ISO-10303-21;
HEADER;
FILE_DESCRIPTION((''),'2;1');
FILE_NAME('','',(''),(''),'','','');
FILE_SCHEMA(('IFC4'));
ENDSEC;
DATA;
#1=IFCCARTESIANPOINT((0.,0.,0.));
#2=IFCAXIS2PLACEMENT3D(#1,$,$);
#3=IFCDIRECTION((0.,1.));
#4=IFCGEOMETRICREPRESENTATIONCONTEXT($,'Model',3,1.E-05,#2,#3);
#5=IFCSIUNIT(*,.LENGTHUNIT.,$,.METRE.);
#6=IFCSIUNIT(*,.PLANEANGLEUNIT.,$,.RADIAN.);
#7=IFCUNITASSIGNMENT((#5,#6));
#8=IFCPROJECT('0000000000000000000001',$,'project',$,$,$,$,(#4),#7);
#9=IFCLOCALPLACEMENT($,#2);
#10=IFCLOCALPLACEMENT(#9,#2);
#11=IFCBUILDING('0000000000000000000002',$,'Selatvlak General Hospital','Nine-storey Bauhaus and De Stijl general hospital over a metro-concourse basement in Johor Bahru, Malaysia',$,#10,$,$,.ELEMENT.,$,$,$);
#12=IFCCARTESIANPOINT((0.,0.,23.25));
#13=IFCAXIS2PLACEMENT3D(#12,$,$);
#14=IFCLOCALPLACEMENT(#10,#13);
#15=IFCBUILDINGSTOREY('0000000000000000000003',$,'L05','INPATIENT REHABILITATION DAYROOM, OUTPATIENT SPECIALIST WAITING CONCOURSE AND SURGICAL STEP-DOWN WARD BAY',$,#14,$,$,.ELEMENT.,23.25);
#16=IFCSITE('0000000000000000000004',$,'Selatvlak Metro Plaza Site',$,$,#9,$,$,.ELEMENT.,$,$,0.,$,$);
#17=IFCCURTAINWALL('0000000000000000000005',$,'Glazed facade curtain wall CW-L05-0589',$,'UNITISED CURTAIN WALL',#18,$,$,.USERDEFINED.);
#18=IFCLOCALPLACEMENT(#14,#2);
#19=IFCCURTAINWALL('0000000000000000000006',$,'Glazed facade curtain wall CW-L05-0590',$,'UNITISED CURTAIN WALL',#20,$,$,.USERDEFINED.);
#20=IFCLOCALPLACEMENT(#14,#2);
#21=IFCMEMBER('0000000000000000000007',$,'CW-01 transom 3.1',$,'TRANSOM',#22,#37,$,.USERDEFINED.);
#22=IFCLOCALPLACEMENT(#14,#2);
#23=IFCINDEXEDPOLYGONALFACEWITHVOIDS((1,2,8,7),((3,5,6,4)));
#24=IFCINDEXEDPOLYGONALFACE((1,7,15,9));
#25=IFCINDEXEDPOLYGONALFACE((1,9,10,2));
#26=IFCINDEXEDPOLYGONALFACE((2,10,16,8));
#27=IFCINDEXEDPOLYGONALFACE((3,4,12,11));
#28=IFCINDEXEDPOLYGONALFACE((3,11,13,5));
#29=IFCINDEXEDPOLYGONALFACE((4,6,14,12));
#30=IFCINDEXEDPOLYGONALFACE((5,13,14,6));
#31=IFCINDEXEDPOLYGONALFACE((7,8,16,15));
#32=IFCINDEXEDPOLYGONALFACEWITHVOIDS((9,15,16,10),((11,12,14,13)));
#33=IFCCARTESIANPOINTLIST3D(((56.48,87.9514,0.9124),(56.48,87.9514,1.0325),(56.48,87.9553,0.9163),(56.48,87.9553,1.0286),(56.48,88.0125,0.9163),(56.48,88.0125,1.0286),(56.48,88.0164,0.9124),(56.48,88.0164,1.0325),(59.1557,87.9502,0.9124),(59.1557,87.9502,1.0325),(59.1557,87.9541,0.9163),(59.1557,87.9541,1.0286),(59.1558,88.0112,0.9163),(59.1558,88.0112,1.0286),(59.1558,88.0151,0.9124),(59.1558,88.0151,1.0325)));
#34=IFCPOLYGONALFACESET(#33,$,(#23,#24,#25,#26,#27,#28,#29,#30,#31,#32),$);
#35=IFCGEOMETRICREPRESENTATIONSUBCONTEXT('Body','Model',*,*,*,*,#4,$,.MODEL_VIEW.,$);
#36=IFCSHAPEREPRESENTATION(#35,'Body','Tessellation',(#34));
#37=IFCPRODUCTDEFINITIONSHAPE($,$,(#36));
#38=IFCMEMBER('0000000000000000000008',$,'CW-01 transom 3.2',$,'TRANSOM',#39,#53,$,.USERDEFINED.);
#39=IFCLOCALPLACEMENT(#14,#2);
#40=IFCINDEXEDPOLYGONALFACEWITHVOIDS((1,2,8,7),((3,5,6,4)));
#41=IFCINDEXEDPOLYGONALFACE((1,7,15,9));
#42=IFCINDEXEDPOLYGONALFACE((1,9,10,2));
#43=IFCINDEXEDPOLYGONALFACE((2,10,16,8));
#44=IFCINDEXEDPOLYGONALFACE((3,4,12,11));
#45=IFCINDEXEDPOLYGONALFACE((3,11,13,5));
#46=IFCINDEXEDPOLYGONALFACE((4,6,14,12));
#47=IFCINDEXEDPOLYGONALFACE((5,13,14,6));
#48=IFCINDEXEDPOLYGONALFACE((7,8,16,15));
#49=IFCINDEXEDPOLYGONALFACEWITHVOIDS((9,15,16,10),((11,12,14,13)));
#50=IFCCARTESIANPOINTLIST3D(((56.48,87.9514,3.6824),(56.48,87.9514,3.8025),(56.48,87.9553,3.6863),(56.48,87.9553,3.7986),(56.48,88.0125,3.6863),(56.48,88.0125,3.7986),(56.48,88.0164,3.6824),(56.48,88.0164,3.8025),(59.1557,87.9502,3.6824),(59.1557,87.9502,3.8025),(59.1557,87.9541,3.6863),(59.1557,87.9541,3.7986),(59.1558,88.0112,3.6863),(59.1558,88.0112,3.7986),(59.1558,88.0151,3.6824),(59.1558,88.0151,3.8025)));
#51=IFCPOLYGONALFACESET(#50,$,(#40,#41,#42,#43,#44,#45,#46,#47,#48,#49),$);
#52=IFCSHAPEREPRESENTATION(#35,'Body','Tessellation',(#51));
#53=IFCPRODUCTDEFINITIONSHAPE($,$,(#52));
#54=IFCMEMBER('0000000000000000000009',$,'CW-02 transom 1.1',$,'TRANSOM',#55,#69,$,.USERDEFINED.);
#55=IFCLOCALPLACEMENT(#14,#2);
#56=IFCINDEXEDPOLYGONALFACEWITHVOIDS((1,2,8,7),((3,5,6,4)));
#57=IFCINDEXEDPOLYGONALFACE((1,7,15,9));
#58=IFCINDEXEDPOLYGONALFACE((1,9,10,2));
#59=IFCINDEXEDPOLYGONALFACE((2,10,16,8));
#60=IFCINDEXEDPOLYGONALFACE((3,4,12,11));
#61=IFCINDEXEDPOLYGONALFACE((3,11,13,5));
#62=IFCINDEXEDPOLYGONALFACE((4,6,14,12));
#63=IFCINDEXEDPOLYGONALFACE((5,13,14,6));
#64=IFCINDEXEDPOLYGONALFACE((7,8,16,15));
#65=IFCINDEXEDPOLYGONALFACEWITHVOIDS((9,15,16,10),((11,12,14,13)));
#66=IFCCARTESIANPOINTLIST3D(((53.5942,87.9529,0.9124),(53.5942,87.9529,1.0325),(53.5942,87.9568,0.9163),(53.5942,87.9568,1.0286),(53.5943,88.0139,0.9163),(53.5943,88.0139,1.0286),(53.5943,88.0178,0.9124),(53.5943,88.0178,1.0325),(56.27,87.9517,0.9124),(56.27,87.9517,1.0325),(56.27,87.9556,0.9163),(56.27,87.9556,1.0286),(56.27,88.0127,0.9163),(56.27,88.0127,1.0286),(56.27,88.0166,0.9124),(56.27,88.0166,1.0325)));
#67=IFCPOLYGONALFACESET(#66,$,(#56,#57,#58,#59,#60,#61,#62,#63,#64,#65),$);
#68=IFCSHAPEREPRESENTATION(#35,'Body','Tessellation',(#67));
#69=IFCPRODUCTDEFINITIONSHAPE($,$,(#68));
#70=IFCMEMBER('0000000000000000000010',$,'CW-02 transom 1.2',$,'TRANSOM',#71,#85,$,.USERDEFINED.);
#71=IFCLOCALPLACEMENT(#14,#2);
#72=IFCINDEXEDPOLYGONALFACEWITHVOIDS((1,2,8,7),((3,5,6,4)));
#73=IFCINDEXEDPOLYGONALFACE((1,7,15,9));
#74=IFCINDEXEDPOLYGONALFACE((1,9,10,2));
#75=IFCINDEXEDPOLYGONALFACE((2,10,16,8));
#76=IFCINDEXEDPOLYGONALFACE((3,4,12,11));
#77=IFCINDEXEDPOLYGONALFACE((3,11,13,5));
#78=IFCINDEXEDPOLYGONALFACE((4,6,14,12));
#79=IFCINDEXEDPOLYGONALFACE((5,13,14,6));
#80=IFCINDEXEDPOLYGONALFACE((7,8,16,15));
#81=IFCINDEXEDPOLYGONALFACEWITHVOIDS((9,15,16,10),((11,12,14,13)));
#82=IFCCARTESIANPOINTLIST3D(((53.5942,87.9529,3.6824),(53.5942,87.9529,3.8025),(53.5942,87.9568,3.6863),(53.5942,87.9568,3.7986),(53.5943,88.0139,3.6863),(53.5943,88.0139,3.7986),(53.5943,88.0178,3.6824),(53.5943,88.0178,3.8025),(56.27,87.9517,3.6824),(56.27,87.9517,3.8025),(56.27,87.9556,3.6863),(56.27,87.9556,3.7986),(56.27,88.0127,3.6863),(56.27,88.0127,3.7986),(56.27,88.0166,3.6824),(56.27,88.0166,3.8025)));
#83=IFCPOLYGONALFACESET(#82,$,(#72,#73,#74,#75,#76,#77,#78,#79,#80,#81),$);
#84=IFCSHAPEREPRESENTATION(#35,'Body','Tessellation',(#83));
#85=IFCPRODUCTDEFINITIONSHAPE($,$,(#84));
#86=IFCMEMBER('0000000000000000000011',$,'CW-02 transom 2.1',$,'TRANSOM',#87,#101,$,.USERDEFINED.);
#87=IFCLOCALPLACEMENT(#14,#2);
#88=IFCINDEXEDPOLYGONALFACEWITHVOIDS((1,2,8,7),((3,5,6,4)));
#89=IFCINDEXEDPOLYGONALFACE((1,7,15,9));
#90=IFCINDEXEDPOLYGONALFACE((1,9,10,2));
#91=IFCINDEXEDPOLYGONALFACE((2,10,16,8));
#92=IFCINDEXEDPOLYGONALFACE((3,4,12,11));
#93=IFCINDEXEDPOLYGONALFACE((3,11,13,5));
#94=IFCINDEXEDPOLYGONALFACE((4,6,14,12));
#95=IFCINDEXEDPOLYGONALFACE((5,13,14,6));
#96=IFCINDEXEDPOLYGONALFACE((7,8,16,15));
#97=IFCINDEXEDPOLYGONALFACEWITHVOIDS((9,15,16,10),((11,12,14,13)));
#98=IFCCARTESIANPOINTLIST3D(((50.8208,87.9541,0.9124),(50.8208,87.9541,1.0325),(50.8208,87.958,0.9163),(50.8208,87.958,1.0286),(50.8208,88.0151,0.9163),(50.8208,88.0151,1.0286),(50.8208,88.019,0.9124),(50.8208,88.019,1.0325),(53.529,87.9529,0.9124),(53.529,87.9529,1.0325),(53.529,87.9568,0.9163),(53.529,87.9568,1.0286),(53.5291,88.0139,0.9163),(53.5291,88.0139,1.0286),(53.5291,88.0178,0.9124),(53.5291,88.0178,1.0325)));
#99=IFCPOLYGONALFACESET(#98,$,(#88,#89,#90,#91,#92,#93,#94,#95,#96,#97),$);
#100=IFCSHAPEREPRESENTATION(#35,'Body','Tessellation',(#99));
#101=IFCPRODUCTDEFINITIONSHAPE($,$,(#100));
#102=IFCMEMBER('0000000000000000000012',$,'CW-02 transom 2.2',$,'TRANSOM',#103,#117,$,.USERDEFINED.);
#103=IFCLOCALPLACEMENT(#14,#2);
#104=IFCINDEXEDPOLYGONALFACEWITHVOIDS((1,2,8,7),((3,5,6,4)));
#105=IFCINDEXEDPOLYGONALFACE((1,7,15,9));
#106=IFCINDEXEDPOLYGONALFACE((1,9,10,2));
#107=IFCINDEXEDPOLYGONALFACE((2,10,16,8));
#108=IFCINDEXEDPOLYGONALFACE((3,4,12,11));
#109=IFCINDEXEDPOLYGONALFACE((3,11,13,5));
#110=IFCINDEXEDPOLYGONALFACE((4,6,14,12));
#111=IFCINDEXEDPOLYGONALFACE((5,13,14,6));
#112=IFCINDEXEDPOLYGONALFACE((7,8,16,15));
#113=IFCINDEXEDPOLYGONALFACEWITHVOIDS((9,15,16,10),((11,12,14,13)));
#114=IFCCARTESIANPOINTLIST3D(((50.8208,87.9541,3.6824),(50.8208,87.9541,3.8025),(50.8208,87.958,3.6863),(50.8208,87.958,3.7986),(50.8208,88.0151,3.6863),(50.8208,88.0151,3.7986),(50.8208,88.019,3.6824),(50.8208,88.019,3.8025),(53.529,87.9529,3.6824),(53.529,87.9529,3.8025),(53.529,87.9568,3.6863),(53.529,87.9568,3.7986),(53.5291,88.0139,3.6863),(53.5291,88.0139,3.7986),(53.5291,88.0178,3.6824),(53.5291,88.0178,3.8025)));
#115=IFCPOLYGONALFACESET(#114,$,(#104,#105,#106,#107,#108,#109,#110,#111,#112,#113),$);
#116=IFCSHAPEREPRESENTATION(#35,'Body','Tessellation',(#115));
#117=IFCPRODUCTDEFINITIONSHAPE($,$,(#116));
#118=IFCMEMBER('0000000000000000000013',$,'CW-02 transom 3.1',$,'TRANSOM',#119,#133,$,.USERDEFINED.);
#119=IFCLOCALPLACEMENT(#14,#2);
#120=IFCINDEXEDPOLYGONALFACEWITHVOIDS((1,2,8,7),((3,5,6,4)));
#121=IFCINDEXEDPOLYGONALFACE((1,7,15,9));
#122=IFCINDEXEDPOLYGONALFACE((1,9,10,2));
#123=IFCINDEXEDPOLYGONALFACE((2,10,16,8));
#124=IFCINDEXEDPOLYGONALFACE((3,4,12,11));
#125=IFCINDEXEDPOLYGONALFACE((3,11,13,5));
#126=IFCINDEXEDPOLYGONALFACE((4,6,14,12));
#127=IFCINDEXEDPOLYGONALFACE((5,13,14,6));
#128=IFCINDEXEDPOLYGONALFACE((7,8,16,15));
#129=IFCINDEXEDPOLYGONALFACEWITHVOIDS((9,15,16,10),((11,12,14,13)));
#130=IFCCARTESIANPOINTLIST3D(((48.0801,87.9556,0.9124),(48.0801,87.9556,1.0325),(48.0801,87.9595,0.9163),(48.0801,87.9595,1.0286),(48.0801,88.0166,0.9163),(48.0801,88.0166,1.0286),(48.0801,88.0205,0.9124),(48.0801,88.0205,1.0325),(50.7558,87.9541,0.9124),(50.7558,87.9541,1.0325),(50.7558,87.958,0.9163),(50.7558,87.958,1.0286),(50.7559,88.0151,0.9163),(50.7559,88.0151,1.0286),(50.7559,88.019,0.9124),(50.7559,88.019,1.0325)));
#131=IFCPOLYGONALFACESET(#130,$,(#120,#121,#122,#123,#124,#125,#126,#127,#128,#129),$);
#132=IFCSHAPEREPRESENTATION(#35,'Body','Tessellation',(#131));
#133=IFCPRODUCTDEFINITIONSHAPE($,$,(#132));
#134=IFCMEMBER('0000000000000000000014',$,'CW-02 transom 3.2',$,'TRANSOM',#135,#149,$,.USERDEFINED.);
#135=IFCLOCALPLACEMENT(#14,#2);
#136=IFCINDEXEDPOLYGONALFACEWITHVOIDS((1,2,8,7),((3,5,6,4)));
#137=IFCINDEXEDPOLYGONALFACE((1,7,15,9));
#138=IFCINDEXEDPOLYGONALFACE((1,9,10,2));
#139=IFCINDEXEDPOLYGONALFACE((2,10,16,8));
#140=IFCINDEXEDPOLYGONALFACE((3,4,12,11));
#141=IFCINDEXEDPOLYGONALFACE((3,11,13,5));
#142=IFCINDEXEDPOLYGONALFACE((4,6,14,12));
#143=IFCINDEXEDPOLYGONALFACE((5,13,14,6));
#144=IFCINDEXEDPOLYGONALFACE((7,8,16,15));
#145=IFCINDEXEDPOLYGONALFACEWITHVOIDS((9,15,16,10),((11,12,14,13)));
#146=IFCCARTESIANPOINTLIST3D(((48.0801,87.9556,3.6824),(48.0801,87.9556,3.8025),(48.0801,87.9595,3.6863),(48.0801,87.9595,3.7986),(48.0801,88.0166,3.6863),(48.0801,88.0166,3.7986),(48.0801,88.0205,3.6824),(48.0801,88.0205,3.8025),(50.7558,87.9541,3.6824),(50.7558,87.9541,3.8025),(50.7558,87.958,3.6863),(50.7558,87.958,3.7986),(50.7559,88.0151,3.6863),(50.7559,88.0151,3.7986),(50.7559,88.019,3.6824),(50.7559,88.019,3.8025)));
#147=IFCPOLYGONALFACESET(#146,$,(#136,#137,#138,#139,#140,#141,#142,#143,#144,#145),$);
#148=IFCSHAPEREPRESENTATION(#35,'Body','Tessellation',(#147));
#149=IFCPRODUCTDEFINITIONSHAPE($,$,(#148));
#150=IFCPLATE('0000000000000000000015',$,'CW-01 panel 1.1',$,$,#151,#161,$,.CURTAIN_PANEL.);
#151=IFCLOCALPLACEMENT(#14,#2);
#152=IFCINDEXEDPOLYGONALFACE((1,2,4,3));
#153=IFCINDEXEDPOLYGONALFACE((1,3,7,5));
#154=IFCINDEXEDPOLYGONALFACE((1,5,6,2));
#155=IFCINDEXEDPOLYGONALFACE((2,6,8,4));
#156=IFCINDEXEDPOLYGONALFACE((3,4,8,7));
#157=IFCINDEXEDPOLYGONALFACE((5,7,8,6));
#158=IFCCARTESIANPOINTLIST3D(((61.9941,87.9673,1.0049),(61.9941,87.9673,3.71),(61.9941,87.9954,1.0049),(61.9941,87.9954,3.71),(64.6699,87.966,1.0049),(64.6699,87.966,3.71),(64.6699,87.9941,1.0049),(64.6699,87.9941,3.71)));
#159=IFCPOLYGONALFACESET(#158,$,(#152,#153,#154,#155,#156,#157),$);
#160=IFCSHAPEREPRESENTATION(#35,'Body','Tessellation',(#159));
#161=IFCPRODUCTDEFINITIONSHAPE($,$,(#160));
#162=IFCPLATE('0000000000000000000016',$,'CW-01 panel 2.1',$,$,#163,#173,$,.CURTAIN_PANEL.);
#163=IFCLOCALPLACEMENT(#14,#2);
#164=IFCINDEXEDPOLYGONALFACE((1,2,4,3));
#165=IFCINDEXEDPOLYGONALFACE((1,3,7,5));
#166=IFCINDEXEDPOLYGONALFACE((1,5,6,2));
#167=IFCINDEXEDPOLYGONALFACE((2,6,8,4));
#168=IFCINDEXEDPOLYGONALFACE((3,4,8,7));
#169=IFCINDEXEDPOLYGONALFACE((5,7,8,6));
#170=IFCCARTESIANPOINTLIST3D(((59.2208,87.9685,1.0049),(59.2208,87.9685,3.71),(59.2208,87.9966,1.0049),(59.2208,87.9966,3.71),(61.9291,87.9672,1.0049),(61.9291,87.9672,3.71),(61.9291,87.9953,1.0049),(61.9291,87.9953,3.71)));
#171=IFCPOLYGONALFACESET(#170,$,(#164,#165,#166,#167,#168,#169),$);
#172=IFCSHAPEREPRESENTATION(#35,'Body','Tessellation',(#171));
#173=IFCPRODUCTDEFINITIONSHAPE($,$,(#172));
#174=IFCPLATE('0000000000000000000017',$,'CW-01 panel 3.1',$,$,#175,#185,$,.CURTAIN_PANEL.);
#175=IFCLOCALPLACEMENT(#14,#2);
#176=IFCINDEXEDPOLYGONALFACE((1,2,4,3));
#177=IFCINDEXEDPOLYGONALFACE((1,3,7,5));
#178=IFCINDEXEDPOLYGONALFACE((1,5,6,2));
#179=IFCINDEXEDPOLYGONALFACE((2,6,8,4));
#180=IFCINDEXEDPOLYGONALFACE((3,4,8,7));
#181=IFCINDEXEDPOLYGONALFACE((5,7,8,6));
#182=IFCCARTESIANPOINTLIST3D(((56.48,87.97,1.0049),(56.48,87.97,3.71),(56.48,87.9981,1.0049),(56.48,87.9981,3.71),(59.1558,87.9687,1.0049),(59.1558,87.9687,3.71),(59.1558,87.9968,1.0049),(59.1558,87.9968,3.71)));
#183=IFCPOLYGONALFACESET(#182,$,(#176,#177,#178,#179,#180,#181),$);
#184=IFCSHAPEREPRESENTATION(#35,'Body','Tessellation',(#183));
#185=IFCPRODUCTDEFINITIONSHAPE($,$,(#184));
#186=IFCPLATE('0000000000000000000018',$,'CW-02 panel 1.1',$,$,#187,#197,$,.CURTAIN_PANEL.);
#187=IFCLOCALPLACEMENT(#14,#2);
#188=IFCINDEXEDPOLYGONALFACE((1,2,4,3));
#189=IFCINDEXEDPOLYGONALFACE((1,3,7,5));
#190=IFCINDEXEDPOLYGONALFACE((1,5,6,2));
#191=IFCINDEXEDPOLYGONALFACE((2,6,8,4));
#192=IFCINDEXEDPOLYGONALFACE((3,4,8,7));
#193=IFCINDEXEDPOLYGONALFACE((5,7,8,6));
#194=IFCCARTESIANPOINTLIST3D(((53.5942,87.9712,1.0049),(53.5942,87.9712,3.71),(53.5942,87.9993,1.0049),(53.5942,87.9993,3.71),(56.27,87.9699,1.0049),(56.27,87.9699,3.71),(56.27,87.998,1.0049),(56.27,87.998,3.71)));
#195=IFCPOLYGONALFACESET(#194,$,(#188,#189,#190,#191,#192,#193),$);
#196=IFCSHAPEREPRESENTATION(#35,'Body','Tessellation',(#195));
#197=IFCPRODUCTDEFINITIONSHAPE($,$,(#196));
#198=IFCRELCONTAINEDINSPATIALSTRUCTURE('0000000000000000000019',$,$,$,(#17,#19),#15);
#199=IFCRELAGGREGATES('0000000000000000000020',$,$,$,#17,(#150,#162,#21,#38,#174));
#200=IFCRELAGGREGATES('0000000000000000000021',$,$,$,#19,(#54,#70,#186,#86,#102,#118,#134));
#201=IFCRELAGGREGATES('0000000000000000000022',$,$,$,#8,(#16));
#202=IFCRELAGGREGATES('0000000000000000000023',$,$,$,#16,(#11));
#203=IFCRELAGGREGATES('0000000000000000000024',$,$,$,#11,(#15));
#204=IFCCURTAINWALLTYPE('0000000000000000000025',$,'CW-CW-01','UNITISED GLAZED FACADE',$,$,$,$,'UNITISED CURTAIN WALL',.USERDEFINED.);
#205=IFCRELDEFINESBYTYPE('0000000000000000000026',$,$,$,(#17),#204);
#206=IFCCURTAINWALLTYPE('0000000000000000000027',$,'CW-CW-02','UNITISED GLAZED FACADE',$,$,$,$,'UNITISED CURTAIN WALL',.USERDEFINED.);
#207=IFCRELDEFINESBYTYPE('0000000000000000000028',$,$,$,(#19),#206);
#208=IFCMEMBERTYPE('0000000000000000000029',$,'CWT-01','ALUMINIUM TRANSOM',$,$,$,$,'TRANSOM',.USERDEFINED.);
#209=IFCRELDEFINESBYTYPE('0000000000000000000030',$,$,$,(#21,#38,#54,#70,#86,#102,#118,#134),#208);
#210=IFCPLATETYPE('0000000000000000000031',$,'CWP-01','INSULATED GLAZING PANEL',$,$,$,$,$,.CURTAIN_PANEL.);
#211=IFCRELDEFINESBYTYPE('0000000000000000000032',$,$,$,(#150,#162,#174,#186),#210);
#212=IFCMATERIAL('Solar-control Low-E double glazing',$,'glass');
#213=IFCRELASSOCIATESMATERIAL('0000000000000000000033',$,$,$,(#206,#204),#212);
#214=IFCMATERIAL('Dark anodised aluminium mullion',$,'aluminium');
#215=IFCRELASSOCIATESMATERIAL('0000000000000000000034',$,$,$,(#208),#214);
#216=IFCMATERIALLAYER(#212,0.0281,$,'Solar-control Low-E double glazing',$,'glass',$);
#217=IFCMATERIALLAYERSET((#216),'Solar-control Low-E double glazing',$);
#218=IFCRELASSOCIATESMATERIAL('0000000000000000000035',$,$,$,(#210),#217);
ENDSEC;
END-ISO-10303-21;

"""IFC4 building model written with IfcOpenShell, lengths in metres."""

from ifc_helpers import new_model, si_unit, direction, frame, origin, origin_2d, place, context, subcontext, project, spatial, rectangle, hollow_rectangle, extrude, material, layer, layer_set, material_profile, profile_set, type_object, element, aggregate, save


model = new_model("IFC4")

# Units and contexts
model_context = context("Model", 3, precision=1e-05, world=origin(), true_north=direction((0.0, 1.0)))
body_context = subcontext(model_context, "Body", "Model", "MODEL_VIEW")
ifc_project = project(units=[si_unit("LENGTHUNIT", "METRE"), si_unit("PLANEANGLEUNIT", "RADIAN")], contexts=[model_context])

# Site, building, storey
site_placement = place(None, origin())
site = spatial("IfcSite", under=ifc_project, at=site_placement, Name="Selatvlak Metro Plaza Site", CompositionType="ELEMENT", RefElevation=0.0)
building_placement = place(site_placement, origin())
building = spatial("IfcBuilding", under=site, at=building_placement, Name="Selatvlak General Hospital", Description="Nine-storey Bauhaus and De Stijl general hospital over a metro-concourse basement in Johor Bahru, Malaysia", CompositionType="ELEMENT")
storey_placement = place(building_placement, frame((0.0, 0.0, 23.25)))
storey = spatial("IfcBuildingStorey", under=building, at=storey_placement, Name="L05", Description="INPATIENT REHABILITATION DAYROOM, OUTPATIENT SPECIALIST WAITING CONCOURSE AND SURGICAL STEP-DOWN WARD BAY", CompositionType="ELEMENT", Elevation=23.25)

# Shared definitions
ifc_material_1 = material(Name="Solar-control Low-E double glazing", Category="glass")
curtain_wall_type_1 = type_object("IfcCurtainWallType", Name="CW-CW-02", Description="UNITISED GLAZED FACADE", ElementType="UNITISED CURTAIN WALL", PredefinedType="USERDEFINED", material=ifc_material_1)
ifc_material_2 = material(Name="Dark anodised aluminium mullion", Category="aluminium")

# Curtain walls
curtain_wall_type_2 = type_object("IfcCurtainWallType", Name="CW-CW-01", Description="UNITISED GLAZED FACADE", ElementType="UNITISED CURTAIN WALL", PredefinedType="USERDEFINED", material=ifc_material_1)
curtain_wall_1_placement = place(storey_placement, origin())
curtain_wall_1 = element("IfcCurtainWall", 1, at=curtain_wall_1_placement, inside=storey, type_object=curtain_wall_type_2, Name="Glazed facade curtain wall CW-L05-0589", ObjectType="UNITISED CURTAIN WALL", PredefinedType="USERDEFINED")
curtain_wall_2_placement = place(storey_placement, origin())
curtain_wall_2 = element("IfcCurtainWall", 2, at=curtain_wall_2_placement, inside=storey, type_object=curtain_wall_type_1, Name="Glazed facade curtain wall CW-L05-0590", ObjectType="UNITISED CURTAIN WALL", PredefinedType="USERDEFINED")

# Members
ifc_material_profile_1 = material_profile(ifc_material_2, hollow_rectangle(XDim=0.0649, YDim=0.1201, WallThickness=0.0039, at=origin_2d()), Name="AL-TRN 65x120x4")
ifc_profile_set_1 = profile_set([ifc_material_profile_1], Name="Dark anodised aluminium mullion")
member_type_1 = type_object("IfcMemberType", Name="CWT-01", Description="ALUMINIUM TRANSOM", ElementType="TRANSOM", PredefinedType="USERDEFINED", material=ifc_profile_set_1)
member_1_placement = place(storey_placement, frame((59.1558, 87.9827, 0.9724), z_axis=(-1.0, 0.000456, 0.0), x_axis=(-0.000456, -1.0, 0.0)))
member_1 = element("IfcMember", 3, at=member_1_placement, type_object=member_type_1, Name="CW-01 transom 3.1", ObjectType="TRANSOM", PredefinedType="USERDEFINED", context=body_context, shape_type="SweptSolid", body=[
    extrude(hollow_rectangle(XDim=0.0649, YDim=0.1201, WallThickness=0.0039, at=origin_2d()), origin(), (0.0, 0.0, 1.0), 2.6758),
])
member_2_placement = place(storey_placement, frame((59.1558, 87.9827, 3.7424), z_axis=(-1.0, 0.000456, 0.0), x_axis=(-0.000456, -1.0, 0.0)))
member_2 = element("IfcMember", 4, at=member_2_placement, type_object=member_type_1, Name="CW-01 transom 3.2", ObjectType="TRANSOM", PredefinedType="USERDEFINED", context=body_context, shape_type="SweptSolid", body=[
    extrude(hollow_rectangle(XDim=0.0649, YDim=0.1201, WallThickness=0.0039, at=origin_2d()), origin(), (0.0, 0.0, 1.0), 2.6758),
])
member_3_placement = place(storey_placement, frame((56.27, 87.9841, 0.9724), z_axis=(-1.0, 0.000456, 0.0), x_axis=(-0.000456, -1.0, 0.0)))
member_3 = element("IfcMember", 5, at=member_3_placement, type_object=member_type_1, Name="CW-02 transom 1.1", ObjectType="TRANSOM", PredefinedType="USERDEFINED", context=body_context, shape_type="SweptSolid", body=[
    extrude(hollow_rectangle(XDim=0.0649, YDim=0.1201, WallThickness=0.0039, at=origin_2d()), origin(), (0.0, 0.0, 1.0), 2.6758),
])
member_4_placement = place(storey_placement, frame((56.27, 87.9841, 3.7424), z_axis=(-1.0, 0.000456, 0.0), x_axis=(-0.000456, -1.0, 0.0)))
member_4 = element("IfcMember", 6, at=member_4_placement, type_object=member_type_1, Name="CW-02 transom 1.2", ObjectType="TRANSOM", PredefinedType="USERDEFINED", context=body_context, shape_type="SweptSolid", body=[
    extrude(hollow_rectangle(XDim=0.0649, YDim=0.1201, WallThickness=0.0039, at=origin_2d()), origin(), (0.0, 0.0, 1.0), 2.6758),
])
member_5_placement = place(storey_placement, frame((53.5291, 87.9854, 0.9724), z_axis=(-1.0, 0.000451, 0.0), x_axis=(-0.000451, -1.0, 0.0)))
member_5 = element("IfcMember", 7, at=member_5_placement, type_object=member_type_1, Name="CW-02 transom 2.1", ObjectType="TRANSOM", PredefinedType="USERDEFINED", context=body_context, shape_type="SweptSolid", body=[
    extrude(hollow_rectangle(XDim=0.0649, YDim=0.1201, WallThickness=0.0039, at=origin_2d()), origin(), (0.0, 0.0, 1.0), 2.7083),
])
member_6_placement = place(storey_placement, frame((53.5291, 87.9854, 3.7424), z_axis=(-1.0, 0.000451, 0.0), x_axis=(-0.000451, -1.0, 0.0)))
member_6 = element("IfcMember", 8, at=member_6_placement, type_object=member_type_1, Name="CW-02 transom 2.2", ObjectType="TRANSOM", PredefinedType="USERDEFINED", context=body_context, shape_type="SweptSolid", body=[
    extrude(hollow_rectangle(XDim=0.0649, YDim=0.1201, WallThickness=0.0039, at=origin_2d()), origin(), (0.0, 0.0, 1.0), 2.7083),
])
member_7_placement = place(storey_placement, frame((50.7559, 87.9866, 0.9724), z_axis=(-1.0, 0.000547, 0.0), x_axis=(-0.000547, -1.0, 0.0)))
member_7 = element("IfcMember", 9, at=member_7_placement, type_object=member_type_1, Name="CW-02 transom 3.1", ObjectType="TRANSOM", PredefinedType="USERDEFINED", context=body_context, shape_type="SweptSolid", body=[
    extrude(hollow_rectangle(XDim=0.0649, YDim=0.1201, WallThickness=0.0039, at=origin_2d()), origin(), (0.0, 0.0, 1.0), 2.6758),
])
member_8_placement = place(storey_placement, frame((50.7559, 87.9866, 3.7424), z_axis=(-1.0, 0.000547, 0.0), x_axis=(-0.000547, -1.0, 0.0)))
member_8 = element("IfcMember", 10, at=member_8_placement, type_object=member_type_1, Name="CW-02 transom 3.2", ObjectType="TRANSOM", PredefinedType="USERDEFINED", context=body_context, shape_type="SweptSolid", body=[
    extrude(hollow_rectangle(XDim=0.0649, YDim=0.1201, WallThickness=0.0039, at=origin_2d()), origin(), (0.0, 0.0, 1.0), 2.6758),
])

# Plates
ifc_layer_1 = layer(ifc_material_1, 0.0281, Name="Solar-control Low-E double glazing", Category="glass")
ifc_layer_set_1 = layer_set([ifc_layer_1], Name="Solar-control Low-E double glazing")
plate_type = type_object("IfcPlateType", Name="CWP-01", Description="INSULATED GLAZING PANEL", PredefinedType="CURTAIN_PANEL", material=ifc_layer_set_1)
plate_1_placement = place(storey_placement, frame((63.332, 87.9807, 1.0049), z_axis=(0.0, 0.0, 1.0), x_axis=(-1.0, 0.000481, 0.0)))
plate_1 = element("IfcPlate", 11, at=plate_1_placement, type_object=plate_type, Name="CW-01 panel 1.1", PredefinedType="CURTAIN_PANEL", context=body_context, shape_type="SweptSolid", body=[
    extrude(rectangle(XDim=2.6758, YDim=0.0281, at=origin_2d()), origin(), (0.0, 0.0, 1.0), 2.7051),
])
plate_2_placement = place(storey_placement, frame((60.575, 87.9819, 1.0049), z_axis=(0.0, 0.0, 1.0), x_axis=(-1.0, 0.000481, 0.0)))
plate_2 = element("IfcPlate", 12, at=plate_2_placement, type_object=plate_type, Name="CW-01 panel 2.1", PredefinedType="CURTAIN_PANEL", context=body_context, shape_type="SweptSolid", body=[
    extrude(rectangle(XDim=2.7083, YDim=0.0281, at=origin_2d()), origin(), (0.0, 0.0, 1.0), 2.7051),
])
plate_3_placement = place(storey_placement, frame((57.8179, 87.9834, 1.0049), z_axis=(0.0, 0.0, 1.0), x_axis=(-1.0, 0.000481, 0.0)))
plate_3 = element("IfcPlate", 13, at=plate_3_placement, type_object=plate_type, Name="CW-01 panel 3.1", PredefinedType="CURTAIN_PANEL", context=body_context, shape_type="SweptSolid", body=[
    extrude(rectangle(XDim=2.6758, YDim=0.0281, at=origin_2d()), origin(), (0.0, 0.0, 1.0), 2.7051),
])
aggregate(curtain_wall_1, [plate_1, plate_2, member_1, member_2, plate_3])
plate_4_placement = place(storey_placement, frame((54.9321, 87.9846, 1.0049), z_axis=(0.0, 0.0, 1.0), x_axis=(-1.0, 0.000481, 0.0)))
plate_4 = element("IfcPlate", 14, at=plate_4_placement, type_object=plate_type, Name="CW-02 panel 1.1", PredefinedType="CURTAIN_PANEL", context=body_context, shape_type="SweptSolid", body=[
    extrude(rectangle(XDim=2.6758, YDim=0.0281, at=origin_2d()), origin(), (0.0, 0.0, 1.0), 2.7051),
])
aggregate(curtain_wall_2, [member_3, member_4, plate_4, member_5, member_6, member_7, member_8])

save(model, "model.ifc")
